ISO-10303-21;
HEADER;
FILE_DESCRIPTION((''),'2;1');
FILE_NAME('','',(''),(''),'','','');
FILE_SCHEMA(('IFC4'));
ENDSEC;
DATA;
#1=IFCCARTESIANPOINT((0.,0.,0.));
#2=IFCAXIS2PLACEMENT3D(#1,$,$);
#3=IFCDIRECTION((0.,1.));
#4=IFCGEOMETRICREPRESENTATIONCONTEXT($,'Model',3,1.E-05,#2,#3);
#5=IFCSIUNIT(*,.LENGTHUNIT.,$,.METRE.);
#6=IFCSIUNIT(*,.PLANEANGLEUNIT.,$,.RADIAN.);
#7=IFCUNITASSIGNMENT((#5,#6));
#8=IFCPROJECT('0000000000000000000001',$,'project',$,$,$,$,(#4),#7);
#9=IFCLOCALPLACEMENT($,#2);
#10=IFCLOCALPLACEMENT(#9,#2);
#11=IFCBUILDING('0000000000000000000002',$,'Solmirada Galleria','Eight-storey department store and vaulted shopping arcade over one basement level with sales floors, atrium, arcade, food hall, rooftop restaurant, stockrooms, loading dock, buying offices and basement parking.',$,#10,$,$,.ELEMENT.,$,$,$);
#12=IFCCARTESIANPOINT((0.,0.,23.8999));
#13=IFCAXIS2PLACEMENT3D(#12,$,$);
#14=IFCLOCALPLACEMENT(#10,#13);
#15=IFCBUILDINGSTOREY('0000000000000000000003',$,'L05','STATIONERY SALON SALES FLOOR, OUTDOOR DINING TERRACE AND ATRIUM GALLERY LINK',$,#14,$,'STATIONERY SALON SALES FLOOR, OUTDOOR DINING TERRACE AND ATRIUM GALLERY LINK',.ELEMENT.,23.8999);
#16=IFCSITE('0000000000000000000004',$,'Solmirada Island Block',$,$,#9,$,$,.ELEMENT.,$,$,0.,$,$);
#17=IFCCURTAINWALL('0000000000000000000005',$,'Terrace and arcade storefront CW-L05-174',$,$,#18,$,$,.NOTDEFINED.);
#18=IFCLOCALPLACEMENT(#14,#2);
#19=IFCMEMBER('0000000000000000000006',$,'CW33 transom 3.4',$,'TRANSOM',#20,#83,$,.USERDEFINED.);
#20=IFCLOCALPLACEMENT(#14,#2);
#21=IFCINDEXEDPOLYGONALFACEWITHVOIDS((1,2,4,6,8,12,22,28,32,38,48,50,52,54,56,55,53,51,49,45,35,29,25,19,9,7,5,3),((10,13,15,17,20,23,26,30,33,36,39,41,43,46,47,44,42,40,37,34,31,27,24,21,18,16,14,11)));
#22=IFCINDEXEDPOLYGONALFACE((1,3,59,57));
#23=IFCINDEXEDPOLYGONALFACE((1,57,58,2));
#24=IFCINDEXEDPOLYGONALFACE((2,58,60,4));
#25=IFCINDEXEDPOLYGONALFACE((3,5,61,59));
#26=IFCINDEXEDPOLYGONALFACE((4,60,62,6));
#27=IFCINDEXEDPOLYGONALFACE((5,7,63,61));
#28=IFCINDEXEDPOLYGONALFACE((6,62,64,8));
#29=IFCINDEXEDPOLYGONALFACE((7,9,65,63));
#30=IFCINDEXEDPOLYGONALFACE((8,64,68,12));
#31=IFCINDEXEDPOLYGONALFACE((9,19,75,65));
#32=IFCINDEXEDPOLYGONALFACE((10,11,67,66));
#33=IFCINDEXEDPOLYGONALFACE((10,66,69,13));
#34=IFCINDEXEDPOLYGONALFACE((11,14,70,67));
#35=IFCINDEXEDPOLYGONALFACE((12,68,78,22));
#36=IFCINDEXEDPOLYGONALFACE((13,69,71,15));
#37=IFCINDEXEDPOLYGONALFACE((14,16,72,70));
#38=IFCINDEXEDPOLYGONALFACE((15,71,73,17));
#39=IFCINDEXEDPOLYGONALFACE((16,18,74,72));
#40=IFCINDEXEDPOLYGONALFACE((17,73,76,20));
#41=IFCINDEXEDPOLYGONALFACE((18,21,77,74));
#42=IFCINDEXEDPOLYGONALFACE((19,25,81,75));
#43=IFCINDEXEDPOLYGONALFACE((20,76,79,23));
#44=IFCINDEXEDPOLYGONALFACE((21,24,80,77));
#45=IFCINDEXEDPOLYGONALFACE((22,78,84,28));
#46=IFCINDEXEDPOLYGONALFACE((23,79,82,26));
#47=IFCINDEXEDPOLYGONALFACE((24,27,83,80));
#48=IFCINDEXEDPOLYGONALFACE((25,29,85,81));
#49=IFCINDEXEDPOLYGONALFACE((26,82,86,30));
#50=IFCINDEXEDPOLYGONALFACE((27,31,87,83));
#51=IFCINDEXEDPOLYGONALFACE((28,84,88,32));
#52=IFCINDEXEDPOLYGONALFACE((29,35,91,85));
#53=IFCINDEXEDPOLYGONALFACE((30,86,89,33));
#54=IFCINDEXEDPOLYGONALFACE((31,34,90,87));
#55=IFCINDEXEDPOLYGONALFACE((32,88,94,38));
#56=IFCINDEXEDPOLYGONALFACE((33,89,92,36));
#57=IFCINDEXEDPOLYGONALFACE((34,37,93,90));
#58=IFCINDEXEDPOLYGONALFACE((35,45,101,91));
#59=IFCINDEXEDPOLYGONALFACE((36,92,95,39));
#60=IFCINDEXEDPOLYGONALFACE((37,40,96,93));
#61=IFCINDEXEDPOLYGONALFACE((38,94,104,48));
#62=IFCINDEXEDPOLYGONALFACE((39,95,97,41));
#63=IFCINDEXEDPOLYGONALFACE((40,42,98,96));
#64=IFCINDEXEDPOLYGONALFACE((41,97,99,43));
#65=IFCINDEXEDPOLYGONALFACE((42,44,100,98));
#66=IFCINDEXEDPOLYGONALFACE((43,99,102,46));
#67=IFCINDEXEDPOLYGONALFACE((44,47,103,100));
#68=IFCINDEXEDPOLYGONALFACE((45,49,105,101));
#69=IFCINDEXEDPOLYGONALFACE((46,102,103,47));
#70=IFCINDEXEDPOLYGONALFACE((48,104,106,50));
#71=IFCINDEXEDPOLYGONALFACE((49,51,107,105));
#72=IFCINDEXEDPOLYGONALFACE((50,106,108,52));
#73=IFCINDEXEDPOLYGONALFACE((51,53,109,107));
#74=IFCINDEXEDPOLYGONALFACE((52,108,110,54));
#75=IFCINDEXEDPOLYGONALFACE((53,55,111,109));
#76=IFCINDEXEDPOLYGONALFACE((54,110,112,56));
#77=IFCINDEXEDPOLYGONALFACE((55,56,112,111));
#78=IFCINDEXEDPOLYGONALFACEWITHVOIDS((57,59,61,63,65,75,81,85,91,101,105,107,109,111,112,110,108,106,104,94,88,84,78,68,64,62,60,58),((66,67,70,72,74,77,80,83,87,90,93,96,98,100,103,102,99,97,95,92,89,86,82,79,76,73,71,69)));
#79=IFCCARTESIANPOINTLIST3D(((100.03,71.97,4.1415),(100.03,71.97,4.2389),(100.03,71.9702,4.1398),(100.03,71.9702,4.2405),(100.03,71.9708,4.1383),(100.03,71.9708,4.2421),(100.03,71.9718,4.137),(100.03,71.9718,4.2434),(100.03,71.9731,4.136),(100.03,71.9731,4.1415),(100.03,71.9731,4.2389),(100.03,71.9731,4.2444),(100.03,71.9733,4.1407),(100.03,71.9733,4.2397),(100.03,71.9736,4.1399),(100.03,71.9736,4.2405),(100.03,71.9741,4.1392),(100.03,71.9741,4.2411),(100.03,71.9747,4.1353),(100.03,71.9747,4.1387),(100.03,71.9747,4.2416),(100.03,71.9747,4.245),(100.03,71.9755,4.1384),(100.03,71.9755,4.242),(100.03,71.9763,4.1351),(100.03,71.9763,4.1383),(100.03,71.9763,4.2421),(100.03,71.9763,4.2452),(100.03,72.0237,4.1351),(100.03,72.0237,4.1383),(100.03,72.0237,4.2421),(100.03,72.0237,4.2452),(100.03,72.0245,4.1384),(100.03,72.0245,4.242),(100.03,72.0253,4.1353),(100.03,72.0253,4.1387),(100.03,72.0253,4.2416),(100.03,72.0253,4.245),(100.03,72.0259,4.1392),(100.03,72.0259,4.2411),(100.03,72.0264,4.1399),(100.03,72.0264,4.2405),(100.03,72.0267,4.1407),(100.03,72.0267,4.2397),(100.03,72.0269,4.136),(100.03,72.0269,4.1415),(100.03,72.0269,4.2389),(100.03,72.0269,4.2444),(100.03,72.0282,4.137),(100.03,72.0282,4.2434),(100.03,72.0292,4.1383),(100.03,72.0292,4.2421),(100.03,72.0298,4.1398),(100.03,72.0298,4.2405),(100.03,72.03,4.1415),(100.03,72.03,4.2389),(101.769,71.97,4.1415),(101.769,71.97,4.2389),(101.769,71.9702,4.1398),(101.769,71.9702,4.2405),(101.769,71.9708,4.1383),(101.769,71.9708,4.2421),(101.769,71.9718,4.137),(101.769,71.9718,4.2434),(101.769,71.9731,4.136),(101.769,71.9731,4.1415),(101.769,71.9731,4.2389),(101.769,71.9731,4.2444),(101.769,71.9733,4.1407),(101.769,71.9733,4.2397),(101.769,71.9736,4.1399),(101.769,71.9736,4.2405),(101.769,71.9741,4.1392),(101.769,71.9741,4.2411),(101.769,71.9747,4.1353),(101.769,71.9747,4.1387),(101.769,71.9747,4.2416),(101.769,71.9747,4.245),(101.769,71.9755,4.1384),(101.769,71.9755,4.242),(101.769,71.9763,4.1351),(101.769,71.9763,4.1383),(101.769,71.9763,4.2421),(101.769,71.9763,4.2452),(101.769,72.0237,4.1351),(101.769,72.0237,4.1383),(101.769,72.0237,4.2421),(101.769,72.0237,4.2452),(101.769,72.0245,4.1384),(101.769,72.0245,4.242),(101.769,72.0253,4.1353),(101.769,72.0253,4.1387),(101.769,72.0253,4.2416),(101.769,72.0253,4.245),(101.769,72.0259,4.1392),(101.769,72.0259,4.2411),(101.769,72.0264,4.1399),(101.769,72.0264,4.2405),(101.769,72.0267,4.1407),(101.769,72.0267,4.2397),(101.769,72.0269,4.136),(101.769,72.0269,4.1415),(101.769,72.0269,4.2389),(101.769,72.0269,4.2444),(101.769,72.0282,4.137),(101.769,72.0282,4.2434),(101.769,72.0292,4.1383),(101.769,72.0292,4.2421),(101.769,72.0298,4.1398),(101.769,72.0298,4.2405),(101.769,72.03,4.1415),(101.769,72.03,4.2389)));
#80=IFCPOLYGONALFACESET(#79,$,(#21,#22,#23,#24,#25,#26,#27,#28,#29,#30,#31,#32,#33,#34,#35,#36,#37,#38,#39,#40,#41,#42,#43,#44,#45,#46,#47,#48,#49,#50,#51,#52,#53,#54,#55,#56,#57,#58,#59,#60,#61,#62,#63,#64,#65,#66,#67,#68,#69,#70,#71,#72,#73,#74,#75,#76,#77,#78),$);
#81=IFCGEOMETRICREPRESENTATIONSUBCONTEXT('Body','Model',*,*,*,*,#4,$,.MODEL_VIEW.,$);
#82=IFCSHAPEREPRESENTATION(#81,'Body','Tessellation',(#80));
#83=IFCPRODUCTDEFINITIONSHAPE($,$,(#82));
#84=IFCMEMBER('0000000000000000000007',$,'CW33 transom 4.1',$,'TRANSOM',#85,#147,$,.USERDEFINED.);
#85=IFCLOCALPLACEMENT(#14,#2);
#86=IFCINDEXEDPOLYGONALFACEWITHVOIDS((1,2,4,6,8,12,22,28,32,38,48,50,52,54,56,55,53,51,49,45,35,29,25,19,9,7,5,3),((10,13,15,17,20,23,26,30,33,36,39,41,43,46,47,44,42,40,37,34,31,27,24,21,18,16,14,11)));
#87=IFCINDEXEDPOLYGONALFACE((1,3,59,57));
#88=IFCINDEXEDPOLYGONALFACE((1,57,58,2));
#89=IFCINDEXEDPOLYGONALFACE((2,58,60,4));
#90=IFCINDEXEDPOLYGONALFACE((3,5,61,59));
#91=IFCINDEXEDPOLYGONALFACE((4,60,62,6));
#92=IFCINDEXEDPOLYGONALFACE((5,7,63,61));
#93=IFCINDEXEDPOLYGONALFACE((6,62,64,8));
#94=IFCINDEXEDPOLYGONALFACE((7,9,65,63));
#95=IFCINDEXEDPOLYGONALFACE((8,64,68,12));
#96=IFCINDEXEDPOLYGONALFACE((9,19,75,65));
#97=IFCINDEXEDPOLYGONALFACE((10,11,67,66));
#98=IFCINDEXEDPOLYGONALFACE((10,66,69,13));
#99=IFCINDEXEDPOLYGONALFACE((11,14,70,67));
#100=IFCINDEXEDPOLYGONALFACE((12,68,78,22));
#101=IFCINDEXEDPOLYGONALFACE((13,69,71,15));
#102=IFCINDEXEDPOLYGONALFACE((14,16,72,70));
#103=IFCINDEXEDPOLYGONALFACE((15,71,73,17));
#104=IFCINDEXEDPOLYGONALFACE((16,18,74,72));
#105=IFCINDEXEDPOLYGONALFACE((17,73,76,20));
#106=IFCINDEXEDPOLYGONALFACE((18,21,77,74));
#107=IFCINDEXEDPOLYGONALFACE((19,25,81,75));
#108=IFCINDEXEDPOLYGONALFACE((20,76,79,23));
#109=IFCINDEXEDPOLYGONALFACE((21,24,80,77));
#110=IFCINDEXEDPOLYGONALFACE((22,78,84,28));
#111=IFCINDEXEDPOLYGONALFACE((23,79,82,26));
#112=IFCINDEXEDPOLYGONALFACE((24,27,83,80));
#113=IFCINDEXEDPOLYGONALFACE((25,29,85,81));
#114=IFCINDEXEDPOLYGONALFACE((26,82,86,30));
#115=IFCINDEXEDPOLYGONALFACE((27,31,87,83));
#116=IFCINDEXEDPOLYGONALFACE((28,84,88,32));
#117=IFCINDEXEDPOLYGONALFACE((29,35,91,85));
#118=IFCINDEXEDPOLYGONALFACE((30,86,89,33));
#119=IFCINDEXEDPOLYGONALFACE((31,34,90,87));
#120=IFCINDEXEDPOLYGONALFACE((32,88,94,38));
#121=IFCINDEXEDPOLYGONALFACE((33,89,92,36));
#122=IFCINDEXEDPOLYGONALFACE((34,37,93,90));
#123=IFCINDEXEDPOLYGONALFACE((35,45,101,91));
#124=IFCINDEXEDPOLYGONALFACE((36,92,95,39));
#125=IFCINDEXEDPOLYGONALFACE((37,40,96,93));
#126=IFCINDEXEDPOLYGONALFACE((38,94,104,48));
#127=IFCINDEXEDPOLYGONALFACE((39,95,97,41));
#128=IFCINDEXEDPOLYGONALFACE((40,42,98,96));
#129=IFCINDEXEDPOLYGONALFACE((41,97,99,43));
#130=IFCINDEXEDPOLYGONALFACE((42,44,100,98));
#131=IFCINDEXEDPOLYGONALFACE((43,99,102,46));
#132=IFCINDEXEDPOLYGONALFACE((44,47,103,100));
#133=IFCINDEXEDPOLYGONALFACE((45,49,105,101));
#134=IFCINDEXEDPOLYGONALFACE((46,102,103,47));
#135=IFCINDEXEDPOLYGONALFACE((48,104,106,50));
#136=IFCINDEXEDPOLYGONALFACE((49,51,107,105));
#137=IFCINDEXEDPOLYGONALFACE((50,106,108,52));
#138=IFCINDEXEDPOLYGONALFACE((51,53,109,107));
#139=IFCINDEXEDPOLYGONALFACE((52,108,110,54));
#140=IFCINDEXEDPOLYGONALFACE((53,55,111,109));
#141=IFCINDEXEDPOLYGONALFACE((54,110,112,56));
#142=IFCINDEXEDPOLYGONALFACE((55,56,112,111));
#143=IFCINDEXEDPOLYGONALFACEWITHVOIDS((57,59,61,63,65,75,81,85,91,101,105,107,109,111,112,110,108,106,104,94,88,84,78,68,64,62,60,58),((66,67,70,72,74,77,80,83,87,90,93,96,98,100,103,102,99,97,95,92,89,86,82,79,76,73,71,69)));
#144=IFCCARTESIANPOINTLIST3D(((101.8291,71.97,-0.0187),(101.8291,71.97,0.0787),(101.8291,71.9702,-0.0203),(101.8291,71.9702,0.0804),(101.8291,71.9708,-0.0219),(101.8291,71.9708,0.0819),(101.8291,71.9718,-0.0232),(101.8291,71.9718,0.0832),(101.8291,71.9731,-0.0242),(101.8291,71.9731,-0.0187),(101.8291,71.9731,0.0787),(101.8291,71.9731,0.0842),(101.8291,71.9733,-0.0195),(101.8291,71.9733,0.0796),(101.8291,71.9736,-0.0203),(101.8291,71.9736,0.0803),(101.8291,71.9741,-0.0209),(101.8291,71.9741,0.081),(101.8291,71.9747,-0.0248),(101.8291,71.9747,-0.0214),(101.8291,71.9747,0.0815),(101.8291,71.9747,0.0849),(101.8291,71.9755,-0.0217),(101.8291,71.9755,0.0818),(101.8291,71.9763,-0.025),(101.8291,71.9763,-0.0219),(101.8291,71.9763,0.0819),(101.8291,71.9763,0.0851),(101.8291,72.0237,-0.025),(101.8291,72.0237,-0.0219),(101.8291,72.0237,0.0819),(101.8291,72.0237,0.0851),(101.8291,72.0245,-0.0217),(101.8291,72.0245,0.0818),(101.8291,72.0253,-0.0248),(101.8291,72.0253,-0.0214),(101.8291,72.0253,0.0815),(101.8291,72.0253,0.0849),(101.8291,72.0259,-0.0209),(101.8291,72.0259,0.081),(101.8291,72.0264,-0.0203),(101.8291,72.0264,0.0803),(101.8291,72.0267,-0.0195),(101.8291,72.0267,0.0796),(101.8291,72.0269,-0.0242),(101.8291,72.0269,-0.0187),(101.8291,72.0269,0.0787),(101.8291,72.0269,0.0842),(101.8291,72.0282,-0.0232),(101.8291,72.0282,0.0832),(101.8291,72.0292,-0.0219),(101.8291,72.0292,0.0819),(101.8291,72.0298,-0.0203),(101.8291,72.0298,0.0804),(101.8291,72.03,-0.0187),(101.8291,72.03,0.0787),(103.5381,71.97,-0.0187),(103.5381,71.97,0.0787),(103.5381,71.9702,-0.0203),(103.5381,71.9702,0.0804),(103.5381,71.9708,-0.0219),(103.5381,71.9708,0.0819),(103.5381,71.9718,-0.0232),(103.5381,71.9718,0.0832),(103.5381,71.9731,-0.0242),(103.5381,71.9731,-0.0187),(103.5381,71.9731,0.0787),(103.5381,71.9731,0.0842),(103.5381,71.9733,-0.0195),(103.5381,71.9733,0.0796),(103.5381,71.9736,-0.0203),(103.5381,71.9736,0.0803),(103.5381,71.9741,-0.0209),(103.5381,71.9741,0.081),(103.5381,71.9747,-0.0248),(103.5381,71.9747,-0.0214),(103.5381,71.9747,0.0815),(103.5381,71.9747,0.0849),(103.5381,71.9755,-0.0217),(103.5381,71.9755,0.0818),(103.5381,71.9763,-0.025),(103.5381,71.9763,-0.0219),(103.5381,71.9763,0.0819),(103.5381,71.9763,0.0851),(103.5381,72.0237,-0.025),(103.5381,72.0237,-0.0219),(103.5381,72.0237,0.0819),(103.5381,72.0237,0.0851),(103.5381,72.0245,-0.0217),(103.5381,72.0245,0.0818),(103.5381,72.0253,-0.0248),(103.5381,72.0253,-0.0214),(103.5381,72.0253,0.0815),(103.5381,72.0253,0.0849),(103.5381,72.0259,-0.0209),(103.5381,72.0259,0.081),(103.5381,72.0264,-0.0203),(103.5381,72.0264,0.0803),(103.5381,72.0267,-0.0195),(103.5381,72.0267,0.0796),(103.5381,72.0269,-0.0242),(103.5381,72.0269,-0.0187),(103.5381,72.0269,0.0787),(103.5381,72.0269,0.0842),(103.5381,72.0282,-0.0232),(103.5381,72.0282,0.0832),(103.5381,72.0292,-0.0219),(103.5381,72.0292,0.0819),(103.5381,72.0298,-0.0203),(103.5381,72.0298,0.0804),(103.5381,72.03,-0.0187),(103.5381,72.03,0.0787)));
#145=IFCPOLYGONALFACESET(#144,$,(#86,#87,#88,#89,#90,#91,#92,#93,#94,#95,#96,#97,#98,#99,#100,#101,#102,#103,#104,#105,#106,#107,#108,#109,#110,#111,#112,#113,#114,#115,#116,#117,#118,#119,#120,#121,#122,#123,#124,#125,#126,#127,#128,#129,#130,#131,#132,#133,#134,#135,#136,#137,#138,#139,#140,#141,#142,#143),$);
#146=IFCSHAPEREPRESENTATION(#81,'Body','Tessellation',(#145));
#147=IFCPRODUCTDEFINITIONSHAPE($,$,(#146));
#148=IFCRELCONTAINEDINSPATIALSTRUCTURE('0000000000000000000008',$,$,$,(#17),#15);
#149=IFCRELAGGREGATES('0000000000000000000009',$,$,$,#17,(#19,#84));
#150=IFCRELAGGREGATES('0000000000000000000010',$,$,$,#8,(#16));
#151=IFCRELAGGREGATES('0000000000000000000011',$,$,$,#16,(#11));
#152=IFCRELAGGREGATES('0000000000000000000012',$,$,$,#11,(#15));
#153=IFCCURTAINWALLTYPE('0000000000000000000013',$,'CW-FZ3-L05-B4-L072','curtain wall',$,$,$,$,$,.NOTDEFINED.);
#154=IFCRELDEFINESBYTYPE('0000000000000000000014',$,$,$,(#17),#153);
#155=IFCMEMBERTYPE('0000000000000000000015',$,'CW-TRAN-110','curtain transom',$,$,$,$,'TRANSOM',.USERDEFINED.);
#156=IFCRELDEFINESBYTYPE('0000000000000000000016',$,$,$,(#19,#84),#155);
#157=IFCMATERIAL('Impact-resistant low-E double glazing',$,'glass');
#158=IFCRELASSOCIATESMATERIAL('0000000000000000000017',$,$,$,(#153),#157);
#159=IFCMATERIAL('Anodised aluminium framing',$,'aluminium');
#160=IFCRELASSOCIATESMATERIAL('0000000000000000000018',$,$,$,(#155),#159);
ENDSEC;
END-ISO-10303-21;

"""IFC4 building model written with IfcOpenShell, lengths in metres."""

from ifc_helpers import new_model, si_unit, direction, frame, origin, origin_2d, place, context, subcontext, project, spatial, hollow_rectangle, extrude, material, material_profile, profile_set, type_object, element, aggregate, save


model = new_model("IFC4")

# Units and contexts
model_context = context("Model", 3, precision=1e-05, world=origin(), true_north=direction((0.0, 1.0)))
body_context = subcontext(model_context, "Body", "Model", "MODEL_VIEW")
ifc_project = project(units=[si_unit("LENGTHUNIT", "METRE"), si_unit("PLANEANGLEUNIT", "RADIAN")], contexts=[model_context])

# Site, building, storey
site_placement = place(None, origin())
site = spatial("IfcSite", under=ifc_project, at=site_placement, Name="Solmirada Island Block", CompositionType="ELEMENT", RefElevation=0.0)
building_placement = place(site_placement, origin())
building = spatial("IfcBuilding", under=site, at=building_placement, Name="Solmirada Galleria", Description="Eight-storey department store and vaulted shopping arcade over one basement level with sales floors, atrium, arcade, food hall, rooftop restaurant, stockrooms, loading dock, buying offices and basement parking.", CompositionType="ELEMENT")
storey_placement = place(building_placement, frame((0.0, 0.0, 23.8999)))
storey = spatial("IfcBuildingStorey", under=building, at=storey_placement, Name="L05", Description="STATIONERY SALON SALES FLOOR, OUTDOOR DINING TERRACE AND ATRIUM GALLERY LINK", LongName="STATIONERY SALON SALES FLOOR, OUTDOOR DINING TERRACE AND ATRIUM GALLERY LINK", CompositionType="ELEMENT", Elevation=23.8999)

# Curtain wall, members
ifc_material_1 = material(Name="Impact-resistant low-E double glazing", Category="glass")
curtain_wall_type = type_object("IfcCurtainWallType", Name="CW-FZ3-L05-B4-L072", Description="curtain wall", PredefinedType="NOTDEFINED", material=ifc_material_1)
curtain_wall_placement = place(storey_placement, origin())
curtain_wall = element("IfcCurtainWall", 1, at=curtain_wall_placement, inside=storey, type_object=curtain_wall_type, Name="Terrace and arcade storefront CW-L05-174", PredefinedType="NOTDEFINED")
ifc_material_2 = material(Name="Anodised aluminium framing", Category="aluminium")
ifc_material_profile_1 = material_profile(ifc_material_2, hollow_rectangle(XDim=0.0601, YDim=0.1101, WallThickness=0.0032, InnerFilletRadius=0.0032, OuterFilletRadius=0.0063, at=origin_2d()), Name="ALU-TRAN-110X60")
ifc_profile_set_1 = profile_set([ifc_material_profile_1], Name="Anodised aluminium framing")
member_type_1 = type_object("IfcMemberType", Name="CW-TRAN-110", Description="curtain transom", ElementType="TRANSOM", PredefinedType="USERDEFINED", material=ifc_profile_set_1)
member_1_placement = place(storey_placement, frame((100.03, 72.0, 4.1902), z_axis=(1.0, 0.0, 0.0), x_axis=(0.0, 1.0, 0.0)))
member_1 = element("IfcMember", 2, at=member_1_placement, type_object=member_type_1, Name="CW33 transom 3.4", ObjectType="TRANSOM", PredefinedType="USERDEFINED", context=body_context, shape_type="SweptSolid", body=[
    extrude(hollow_rectangle(XDim=0.0601, YDim=0.1101, WallThickness=0.0032, InnerFilletRadius=0.0032, OuterFilletRadius=0.0063, at=origin_2d()), origin(), (0.0, 0.0, 1.0), 1.739),
])
member_2_placement = place(storey_placement, frame((101.8291, 72.0, 0.03), z_axis=(1.0, 0.0, 0.0), x_axis=(0.0, 1.0, 0.0)))
member_2 = element("IfcMember", 3, at=member_2_placement, type_object=member_type_1, Name="CW33 transom 4.1", ObjectType="TRANSOM", PredefinedType="USERDEFINED", context=body_context, shape_type="SweptSolid", body=[
    extrude(hollow_rectangle(XDim=0.0601, YDim=0.1101, WallThickness=0.0032, InnerFilletRadius=0.0032, OuterFilletRadius=0.0063, at=origin_2d()), origin(), (0.0, 0.0, 1.0), 1.709),
])
aggregate(curtain_wall, [member_1, member_2])

save(model, "model.ifc")
